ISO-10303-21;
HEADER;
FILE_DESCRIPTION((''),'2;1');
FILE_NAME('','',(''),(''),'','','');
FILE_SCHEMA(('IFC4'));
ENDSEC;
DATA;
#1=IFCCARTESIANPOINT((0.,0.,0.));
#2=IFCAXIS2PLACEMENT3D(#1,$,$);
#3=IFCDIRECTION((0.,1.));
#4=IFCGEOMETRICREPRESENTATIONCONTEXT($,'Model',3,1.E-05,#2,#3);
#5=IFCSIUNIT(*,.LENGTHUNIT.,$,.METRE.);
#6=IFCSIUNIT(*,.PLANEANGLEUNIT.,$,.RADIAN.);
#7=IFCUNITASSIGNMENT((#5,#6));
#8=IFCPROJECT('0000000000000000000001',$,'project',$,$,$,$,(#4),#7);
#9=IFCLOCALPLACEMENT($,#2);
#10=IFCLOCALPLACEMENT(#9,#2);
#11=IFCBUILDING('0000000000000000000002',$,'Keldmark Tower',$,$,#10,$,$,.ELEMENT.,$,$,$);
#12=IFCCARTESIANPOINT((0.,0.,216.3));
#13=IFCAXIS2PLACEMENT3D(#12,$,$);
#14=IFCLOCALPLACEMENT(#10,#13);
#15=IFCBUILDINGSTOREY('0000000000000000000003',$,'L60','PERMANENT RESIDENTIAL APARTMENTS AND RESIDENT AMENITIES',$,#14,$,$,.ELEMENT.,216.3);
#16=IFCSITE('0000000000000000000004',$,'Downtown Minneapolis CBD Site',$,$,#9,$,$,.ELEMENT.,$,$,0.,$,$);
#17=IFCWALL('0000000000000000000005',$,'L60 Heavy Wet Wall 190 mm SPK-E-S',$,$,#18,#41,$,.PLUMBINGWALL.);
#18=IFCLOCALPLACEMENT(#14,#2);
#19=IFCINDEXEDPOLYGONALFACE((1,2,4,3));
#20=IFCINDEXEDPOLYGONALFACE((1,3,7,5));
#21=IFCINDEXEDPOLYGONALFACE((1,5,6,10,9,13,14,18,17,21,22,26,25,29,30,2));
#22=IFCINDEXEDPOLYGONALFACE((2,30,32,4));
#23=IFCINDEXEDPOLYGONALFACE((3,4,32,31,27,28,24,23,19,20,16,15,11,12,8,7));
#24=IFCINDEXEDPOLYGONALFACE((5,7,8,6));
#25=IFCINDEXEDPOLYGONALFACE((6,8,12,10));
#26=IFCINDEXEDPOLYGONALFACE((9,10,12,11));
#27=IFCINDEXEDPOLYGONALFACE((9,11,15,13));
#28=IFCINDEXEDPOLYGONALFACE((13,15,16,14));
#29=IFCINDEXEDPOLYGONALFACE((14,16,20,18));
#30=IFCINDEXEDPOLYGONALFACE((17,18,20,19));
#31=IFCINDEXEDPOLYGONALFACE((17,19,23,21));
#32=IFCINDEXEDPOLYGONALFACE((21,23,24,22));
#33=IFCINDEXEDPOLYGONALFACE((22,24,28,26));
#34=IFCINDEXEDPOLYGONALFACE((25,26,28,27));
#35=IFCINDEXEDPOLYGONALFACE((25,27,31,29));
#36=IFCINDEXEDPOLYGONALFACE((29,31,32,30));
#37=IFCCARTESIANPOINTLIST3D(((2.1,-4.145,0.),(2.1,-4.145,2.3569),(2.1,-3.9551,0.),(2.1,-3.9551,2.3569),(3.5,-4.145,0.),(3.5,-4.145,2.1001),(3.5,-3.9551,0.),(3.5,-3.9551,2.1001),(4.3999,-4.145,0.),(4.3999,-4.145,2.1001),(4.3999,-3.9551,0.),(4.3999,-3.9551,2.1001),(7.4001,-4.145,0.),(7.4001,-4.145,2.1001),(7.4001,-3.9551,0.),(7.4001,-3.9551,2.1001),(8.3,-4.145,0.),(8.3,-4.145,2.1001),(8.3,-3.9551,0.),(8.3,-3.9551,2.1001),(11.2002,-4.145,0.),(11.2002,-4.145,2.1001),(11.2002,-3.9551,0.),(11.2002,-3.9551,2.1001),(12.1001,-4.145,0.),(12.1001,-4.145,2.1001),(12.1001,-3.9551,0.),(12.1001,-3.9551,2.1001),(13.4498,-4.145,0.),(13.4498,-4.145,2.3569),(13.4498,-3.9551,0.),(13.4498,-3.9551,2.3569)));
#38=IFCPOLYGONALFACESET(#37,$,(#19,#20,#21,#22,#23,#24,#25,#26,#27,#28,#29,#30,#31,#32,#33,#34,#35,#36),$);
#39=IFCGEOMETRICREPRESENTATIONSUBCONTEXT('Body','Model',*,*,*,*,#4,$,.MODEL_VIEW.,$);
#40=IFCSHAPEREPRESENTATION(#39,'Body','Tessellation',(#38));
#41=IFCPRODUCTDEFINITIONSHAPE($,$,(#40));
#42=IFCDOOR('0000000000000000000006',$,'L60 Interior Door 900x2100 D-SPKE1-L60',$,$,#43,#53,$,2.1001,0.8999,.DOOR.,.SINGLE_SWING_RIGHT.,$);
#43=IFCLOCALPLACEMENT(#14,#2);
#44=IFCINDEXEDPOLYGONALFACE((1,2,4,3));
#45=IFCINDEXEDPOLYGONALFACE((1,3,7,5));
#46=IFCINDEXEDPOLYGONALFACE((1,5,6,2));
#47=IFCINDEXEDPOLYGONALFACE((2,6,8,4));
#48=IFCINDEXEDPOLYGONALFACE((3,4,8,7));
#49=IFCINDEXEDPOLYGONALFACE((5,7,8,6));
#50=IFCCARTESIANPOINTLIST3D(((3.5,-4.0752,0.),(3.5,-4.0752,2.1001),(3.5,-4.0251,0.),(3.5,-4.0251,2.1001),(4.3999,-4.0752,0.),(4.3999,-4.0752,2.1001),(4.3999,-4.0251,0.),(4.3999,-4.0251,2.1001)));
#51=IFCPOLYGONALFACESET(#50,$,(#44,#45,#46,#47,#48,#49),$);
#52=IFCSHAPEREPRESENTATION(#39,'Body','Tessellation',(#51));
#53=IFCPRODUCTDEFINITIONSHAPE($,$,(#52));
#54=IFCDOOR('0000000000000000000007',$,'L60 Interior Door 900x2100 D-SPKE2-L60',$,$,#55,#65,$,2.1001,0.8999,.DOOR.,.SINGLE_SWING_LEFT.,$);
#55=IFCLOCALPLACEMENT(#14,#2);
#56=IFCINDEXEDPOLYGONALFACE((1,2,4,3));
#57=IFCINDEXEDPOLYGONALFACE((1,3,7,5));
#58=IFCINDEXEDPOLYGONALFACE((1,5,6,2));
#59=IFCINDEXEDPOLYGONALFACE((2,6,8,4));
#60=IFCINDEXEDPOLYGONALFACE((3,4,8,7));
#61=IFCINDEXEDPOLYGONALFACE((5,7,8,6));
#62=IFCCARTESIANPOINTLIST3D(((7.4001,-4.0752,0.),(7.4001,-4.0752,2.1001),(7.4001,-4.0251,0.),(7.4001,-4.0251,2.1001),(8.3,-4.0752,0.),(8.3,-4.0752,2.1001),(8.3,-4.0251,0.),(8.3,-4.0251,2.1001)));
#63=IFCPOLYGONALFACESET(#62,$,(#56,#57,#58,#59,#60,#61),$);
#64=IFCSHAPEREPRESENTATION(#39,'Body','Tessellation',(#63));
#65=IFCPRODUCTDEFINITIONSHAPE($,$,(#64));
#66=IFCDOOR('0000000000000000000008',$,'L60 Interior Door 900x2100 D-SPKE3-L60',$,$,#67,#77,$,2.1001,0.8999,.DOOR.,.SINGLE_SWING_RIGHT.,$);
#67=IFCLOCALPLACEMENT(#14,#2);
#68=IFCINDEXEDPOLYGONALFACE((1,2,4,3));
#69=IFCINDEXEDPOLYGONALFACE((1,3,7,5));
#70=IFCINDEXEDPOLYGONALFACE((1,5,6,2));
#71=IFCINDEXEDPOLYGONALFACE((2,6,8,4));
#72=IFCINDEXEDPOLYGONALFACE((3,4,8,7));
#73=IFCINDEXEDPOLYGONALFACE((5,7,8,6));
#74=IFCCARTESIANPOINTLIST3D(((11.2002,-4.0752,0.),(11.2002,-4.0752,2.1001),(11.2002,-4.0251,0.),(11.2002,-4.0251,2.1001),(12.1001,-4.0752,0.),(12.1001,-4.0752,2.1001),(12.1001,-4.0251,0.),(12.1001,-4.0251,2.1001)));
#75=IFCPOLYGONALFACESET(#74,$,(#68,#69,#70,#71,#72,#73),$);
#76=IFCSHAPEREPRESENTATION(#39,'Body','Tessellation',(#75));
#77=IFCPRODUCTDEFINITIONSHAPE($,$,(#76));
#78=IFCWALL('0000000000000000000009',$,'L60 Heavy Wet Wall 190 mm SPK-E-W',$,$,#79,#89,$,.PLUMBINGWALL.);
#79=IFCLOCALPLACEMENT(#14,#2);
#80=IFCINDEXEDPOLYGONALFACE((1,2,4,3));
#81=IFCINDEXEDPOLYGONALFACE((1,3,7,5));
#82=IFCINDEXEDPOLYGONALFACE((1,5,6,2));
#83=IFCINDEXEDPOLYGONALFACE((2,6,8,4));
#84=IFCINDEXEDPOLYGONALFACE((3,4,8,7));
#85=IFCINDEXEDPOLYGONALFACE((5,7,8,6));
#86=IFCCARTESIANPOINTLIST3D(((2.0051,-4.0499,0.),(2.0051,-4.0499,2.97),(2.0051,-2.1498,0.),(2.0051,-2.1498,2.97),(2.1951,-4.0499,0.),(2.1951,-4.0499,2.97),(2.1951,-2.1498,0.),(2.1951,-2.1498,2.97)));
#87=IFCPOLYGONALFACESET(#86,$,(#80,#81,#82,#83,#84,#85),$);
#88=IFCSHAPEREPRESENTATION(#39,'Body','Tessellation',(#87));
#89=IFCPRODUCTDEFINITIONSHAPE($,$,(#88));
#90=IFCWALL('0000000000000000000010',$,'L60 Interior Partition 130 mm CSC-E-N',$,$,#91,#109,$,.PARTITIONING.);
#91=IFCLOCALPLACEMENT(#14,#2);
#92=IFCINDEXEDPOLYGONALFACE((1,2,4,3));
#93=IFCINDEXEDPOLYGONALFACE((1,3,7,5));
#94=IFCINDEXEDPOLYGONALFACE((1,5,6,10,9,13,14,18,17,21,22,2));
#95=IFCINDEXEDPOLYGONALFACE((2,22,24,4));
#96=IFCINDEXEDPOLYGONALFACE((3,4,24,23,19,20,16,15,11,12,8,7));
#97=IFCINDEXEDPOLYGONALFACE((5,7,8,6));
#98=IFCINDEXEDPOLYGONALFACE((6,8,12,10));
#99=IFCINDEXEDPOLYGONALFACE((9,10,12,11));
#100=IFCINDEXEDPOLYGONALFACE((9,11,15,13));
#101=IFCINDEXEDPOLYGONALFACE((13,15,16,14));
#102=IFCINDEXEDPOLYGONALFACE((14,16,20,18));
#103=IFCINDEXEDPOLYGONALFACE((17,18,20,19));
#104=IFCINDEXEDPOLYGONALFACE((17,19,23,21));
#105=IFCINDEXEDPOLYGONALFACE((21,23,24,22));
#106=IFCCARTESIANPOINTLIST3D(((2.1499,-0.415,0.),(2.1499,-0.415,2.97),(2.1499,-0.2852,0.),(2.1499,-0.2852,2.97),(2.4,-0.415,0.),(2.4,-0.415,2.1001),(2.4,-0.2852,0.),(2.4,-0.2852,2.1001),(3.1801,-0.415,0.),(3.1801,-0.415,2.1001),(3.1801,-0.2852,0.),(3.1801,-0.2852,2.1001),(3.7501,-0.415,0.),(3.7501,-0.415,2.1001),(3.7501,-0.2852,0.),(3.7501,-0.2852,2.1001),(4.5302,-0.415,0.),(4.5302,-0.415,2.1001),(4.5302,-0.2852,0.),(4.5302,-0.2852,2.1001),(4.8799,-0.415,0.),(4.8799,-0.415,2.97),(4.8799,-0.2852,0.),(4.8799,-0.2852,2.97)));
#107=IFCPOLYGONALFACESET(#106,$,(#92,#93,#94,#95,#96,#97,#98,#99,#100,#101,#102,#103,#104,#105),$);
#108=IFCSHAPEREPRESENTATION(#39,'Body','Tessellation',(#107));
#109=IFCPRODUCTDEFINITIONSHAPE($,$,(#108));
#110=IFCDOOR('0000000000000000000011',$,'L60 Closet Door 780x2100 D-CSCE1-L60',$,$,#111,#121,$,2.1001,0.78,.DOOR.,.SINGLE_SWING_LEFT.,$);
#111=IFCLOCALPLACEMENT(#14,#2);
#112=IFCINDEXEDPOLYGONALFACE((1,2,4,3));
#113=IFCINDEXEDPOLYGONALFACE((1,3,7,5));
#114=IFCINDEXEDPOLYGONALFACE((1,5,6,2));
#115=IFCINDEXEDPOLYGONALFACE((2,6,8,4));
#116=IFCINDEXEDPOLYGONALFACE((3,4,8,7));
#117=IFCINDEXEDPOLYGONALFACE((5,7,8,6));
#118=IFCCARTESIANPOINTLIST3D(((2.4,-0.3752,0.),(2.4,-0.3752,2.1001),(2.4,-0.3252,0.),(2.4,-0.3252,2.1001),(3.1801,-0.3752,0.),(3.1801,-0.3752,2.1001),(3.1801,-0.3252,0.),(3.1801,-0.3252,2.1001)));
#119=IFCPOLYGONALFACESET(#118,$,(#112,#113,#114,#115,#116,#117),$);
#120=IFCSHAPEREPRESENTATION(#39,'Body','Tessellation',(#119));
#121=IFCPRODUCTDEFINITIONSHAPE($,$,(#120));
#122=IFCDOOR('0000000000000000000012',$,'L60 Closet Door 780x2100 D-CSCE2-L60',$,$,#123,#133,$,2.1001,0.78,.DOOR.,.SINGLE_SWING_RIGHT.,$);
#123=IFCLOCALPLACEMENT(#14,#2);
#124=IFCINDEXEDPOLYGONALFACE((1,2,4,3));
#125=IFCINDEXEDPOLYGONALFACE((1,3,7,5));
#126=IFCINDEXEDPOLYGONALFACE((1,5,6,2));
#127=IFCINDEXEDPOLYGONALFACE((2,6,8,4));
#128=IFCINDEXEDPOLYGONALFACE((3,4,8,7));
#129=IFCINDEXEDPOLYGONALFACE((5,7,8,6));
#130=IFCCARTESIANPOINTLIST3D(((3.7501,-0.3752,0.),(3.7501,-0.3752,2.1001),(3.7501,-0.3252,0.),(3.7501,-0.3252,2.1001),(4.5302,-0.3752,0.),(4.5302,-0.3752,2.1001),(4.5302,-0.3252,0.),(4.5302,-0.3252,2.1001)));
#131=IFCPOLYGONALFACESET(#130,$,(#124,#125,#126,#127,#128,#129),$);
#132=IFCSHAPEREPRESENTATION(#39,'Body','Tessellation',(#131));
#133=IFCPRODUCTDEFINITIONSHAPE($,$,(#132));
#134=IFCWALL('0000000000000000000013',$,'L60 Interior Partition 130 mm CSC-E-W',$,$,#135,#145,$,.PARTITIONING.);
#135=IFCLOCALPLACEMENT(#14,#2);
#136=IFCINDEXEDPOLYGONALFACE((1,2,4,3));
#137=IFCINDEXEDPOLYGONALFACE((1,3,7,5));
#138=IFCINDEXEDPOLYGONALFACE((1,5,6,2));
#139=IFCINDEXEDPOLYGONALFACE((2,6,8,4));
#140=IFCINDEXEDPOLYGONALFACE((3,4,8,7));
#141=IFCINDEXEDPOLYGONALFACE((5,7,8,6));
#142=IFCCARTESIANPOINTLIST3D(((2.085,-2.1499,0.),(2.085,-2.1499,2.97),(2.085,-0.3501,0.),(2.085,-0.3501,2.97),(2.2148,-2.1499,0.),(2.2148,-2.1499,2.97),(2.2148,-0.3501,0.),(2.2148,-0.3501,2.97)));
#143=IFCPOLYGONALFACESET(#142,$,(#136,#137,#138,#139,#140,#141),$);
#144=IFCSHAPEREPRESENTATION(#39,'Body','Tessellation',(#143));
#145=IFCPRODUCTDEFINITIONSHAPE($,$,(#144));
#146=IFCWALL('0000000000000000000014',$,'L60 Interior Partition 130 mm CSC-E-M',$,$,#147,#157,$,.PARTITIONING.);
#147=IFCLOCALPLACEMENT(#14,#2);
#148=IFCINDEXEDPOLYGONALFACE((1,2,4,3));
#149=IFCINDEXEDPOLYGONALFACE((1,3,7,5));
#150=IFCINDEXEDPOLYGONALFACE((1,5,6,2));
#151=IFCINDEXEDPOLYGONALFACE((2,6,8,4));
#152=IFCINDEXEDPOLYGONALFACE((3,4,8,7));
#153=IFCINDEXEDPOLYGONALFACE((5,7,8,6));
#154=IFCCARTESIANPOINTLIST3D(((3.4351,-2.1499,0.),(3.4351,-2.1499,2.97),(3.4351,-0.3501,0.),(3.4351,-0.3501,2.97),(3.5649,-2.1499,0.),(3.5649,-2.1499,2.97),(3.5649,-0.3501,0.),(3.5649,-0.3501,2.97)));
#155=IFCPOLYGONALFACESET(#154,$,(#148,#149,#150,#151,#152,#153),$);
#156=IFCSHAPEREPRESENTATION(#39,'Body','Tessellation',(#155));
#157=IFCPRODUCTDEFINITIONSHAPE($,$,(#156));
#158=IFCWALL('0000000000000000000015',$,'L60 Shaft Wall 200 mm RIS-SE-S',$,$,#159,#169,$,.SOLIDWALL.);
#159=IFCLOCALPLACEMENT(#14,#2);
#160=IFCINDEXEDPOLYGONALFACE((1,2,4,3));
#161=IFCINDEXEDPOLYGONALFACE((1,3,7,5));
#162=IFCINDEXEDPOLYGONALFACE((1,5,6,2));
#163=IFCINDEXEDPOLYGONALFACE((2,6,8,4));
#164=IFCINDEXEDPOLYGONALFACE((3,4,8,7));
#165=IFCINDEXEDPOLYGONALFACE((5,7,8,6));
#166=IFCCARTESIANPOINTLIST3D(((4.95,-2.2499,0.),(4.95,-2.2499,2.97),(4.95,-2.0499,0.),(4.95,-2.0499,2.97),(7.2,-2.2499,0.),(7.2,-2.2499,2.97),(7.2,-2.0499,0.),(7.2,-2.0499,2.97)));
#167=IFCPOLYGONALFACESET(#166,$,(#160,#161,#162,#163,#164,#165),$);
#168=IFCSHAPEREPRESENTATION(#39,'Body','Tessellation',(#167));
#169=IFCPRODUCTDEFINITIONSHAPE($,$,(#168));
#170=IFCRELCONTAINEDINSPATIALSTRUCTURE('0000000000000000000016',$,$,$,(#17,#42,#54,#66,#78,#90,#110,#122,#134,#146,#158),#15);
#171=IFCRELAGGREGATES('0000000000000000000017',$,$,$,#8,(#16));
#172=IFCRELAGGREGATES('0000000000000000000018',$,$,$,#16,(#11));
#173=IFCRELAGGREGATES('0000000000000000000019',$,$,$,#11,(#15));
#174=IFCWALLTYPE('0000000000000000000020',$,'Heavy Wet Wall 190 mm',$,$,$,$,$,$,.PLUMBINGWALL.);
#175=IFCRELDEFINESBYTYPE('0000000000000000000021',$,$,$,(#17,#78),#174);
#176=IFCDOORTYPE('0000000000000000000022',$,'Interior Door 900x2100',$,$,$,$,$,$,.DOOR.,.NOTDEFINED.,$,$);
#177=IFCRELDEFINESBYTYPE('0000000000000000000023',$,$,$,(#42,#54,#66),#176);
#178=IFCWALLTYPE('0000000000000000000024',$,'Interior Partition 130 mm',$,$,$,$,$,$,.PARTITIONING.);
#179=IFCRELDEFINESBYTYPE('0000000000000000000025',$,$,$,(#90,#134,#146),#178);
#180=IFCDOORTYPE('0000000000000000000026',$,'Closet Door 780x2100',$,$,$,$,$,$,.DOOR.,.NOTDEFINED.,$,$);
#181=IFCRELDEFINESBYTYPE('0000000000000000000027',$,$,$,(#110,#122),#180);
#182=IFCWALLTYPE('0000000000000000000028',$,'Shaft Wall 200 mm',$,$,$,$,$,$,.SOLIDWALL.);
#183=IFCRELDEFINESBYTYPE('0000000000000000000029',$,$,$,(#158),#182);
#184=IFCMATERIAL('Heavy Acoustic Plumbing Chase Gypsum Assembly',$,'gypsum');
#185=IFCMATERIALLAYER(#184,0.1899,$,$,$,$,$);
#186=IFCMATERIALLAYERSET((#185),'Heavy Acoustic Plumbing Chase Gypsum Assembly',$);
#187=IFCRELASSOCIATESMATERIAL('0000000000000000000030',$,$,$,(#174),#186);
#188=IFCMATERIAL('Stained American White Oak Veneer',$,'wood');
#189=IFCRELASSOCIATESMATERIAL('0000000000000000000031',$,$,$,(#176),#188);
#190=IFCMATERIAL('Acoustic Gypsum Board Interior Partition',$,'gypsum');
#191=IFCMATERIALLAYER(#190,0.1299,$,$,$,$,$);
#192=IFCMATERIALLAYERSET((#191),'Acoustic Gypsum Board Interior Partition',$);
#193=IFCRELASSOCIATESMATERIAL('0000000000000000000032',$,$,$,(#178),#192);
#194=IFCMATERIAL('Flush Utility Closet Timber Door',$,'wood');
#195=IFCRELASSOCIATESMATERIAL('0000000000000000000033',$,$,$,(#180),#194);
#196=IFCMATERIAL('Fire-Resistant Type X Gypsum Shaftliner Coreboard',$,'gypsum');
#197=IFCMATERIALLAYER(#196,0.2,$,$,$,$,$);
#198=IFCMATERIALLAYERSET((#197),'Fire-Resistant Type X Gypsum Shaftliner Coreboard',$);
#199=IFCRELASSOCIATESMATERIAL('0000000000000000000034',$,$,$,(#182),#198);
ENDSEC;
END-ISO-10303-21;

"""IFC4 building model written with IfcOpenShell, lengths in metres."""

from ifc_helpers import new_model, si_unit, direction, frame, frame_2d, origin, place, context, subcontext, project, spatial, rectangle, extrude, material, layer, layer_set, type_object, element, fill, save


model = new_model("IFC4")

# Units and contexts
model_context = context("Model", 3, precision=1e-05, world=origin(), true_north=direction((0.0, 1.0)))
body_context = subcontext(model_context, "Body", "Model", "MODEL_VIEW")
ifc_project = project(units=[si_unit("LENGTHUNIT", "METRE"), si_unit("PLANEANGLEUNIT", "RADIAN")], contexts=[model_context])

# Site, building, storey
site_placement = place(None, origin())
site = spatial("IfcSite", under=ifc_project, at=site_placement, Name="Downtown Minneapolis CBD Site", CompositionType="ELEMENT", RefElevation=0.0)
building_placement = place(site_placement, origin())
building = spatial("IfcBuilding", under=site, at=building_placement, Name="Keldmark Tower", CompositionType="ELEMENT")
storey_placement = place(building_placement, frame((0.0, 0.0, 216.3)))
storey = spatial("IfcBuildingStorey", under=building, at=storey_placement, Name="L60", Description="PERMANENT RESIDENTIAL APARTMENTS AND RESIDENT AMENITIES", CompositionType="ELEMENT", Elevation=216.3)

# Wall, openings, doors
ifc_material_1 = material(Name="Heavy Acoustic Plumbing Chase Gypsum Assembly", Category="gypsum")
ifc_layer_1 = layer(ifc_material_1, 0.1899)
ifc_layer_set_1 = layer_set([ifc_layer_1], Name="Heavy Acoustic Plumbing Chase Gypsum Assembly")
wall_type_1 = type_object("IfcWallType", Name="Heavy Wet Wall 190 mm", PredefinedType="PLUMBINGWALL", material=ifc_layer_set_1)
wall_1_placement = place(storey_placement, frame((2.1001, -4.05, 0.0), z_axis=(0.0, 0.0, 1.0), x_axis=(1.0, 0.0, 0.0)))
wall_1 = element("IfcWall", 1, at=wall_1_placement, inside=storey, type_object=wall_type_1, Name="L60 Heavy Wet Wall 190 mm SPK-E-S", PredefinedType="PLUMBINGWALL", context=body_context, shape_type="SweptSolid", body=[
    extrude(rectangle(XDim=11.3499, YDim=0.1899, at=frame_2d((5.6748, 0.0))), origin(), (0.0, 0.0, 1.0), 2.3569),
])
opening_1_placement = place(wall_1_placement, frame((1.3999, 0.0, 0.0)))
opening_1 = element("IfcOpeningElement", 2, at=opening_1_placement, cuts=wall_1, PredefinedType="OPENING", context=body_context, shape_type="SweptSolid", body=[
    extrude(rectangle(XDim=0.8999, YDim=2.1001, at=frame_2d((0.45, 1.05))), frame((0.0, 0.105, 0.0), z_axis=(0.0, -1.0, 0.0), x_axis=(1.0, 0.0, 0.0)), (0.0, 0.0, 1.0), 0.21),
])
opening_2_placement = place(wall_1_placement, frame((5.3, 0.0, 0.0)))
opening_2 = element("IfcOpeningElement", 3, at=opening_2_placement, cuts=wall_1, PredefinedType="OPENING", context=body_context, shape_type="SweptSolid", body=[
    extrude(rectangle(XDim=0.8999, YDim=2.1001, at=frame_2d((0.45, 1.05))), frame((0.0, 0.105, 0.0), z_axis=(0.0, -1.0, 0.0), x_axis=(1.0, 0.0, 0.0)), (0.0, 0.0, 1.0), 0.21),
])
opening_3_placement = place(wall_1_placement, frame((9.1001, 0.0, 0.0)))
opening_3 = element("IfcOpeningElement", 4, at=opening_3_placement, cuts=wall_1, PredefinedType="OPENING", context=body_context, shape_type="SweptSolid", body=[
    extrude(rectangle(XDim=0.8999, YDim=2.1001, at=frame_2d((0.45, 1.05))), frame((0.0, 0.105, 0.0), z_axis=(0.0, -1.0, 0.0), x_axis=(1.0, 0.0, 0.0)), (0.0, 0.0, 1.0), 0.21),
])
ifc_material_2 = material(Name="Stained American White Oak Veneer", Category="wood")
door_type_1 = type_object("IfcDoorType", Name="Interior Door 900x2100", OperationType="NOTDEFINED", PredefinedType="DOOR", material=ifc_material_2)
door_1_placement = place(opening_1_placement, origin())
door_1 = element("IfcDoor", 5, at=door_1_placement, inside=storey, type_object=door_type_1, Name="L60 Interior Door 900x2100 D-SPKE1-L60", OperationType="SINGLE_SWING_RIGHT", OverallHeight=2.1001, OverallWidth=0.8999, PredefinedType="DOOR", context=body_context, shape_type="SweptSolid", body=[
    extrude(rectangle(XDim=0.8999, YDim=2.1001, at=frame_2d((0.45, 1.05))), frame((0.0, 0.0249, 0.0), z_axis=(0.0, -1.0, 0.0), x_axis=(1.0, 0.0, 0.0)), (0.0, 0.0, 1.0), 0.05),
])
fill(opening_1, door_1)
door_2_placement = place(opening_2_placement, origin())
door_2 = element("IfcDoor", 6, at=door_2_placement, inside=storey, type_object=door_type_1, Name="L60 Interior Door 900x2100 D-SPKE2-L60", OperationType="SINGLE_SWING_LEFT", OverallHeight=2.1001, OverallWidth=0.8999, PredefinedType="DOOR", context=body_context, shape_type="SweptSolid", body=[
    extrude(rectangle(XDim=0.8999, YDim=2.1001, at=frame_2d((0.45, 1.05))), frame((0.0, 0.0249, 0.0), z_axis=(0.0, -1.0, 0.0), x_axis=(1.0, 0.0, 0.0)), (0.0, 0.0, 1.0), 0.05),
])
fill(opening_2, door_2)
door_3_placement = place(opening_3_placement, origin())
door_3 = element("IfcDoor", 7, at=door_3_placement, inside=storey, type_object=door_type_1, Name="L60 Interior Door 900x2100 D-SPKE3-L60", OperationType="SINGLE_SWING_RIGHT", OverallHeight=2.1001, OverallWidth=0.8999, PredefinedType="DOOR", context=body_context, shape_type="SweptSolid", body=[
    extrude(rectangle(XDim=0.8999, YDim=2.1001, at=frame_2d((0.45, 1.05))), frame((0.0, 0.0249, 0.0), z_axis=(0.0, -1.0, 0.0), x_axis=(1.0, 0.0, 0.0)), (0.0, 0.0, 1.0), 0.05),
])
fill(opening_3, door_3)

# Wall
wall_2_placement = place(storey_placement, frame((2.1001, -4.05, 0.0), z_axis=(0.0, 0.0, 1.0), x_axis=(0.0, 1.0, 0.0)))
element("IfcWall", 8, at=wall_2_placement, inside=storey, type_object=wall_type_1, Name="L60 Heavy Wet Wall 190 mm SPK-E-W", PredefinedType="PLUMBINGWALL", context=body_context, shape_type="SweptSolid", body=[
    extrude(rectangle(XDim=1.9001, YDim=0.1899, at=frame_2d((0.9502, 0.0))), origin(), (0.0, 0.0, 1.0), 2.97),
])

# Wall, openings, doors
ifc_material_3 = material(Name="Acoustic Gypsum Board Interior Partition", Category="gypsum")
ifc_layer_2 = layer(ifc_material_3, 0.1299)
ifc_layer_set_2 = layer_set([ifc_layer_2], Name="Acoustic Gypsum Board Interior Partition")
wall_type_2 = type_object("IfcWallType", Name="Interior Partition 130 mm", PredefinedType="PARTITIONING", material=ifc_layer_set_2)
wall_3_placement = place(storey_placement, frame((2.1499, -0.3501, 0.0), z_axis=(0.0, 0.0, 1.0), x_axis=(1.0, 0.0, 0.0)))
wall_3 = element("IfcWall", 9, at=wall_3_placement, inside=storey, type_object=wall_type_2, Name="L60 Interior Partition 130 mm CSC-E-N", PredefinedType="PARTITIONING", context=body_context, shape_type="SweptSolid", body=[
    extrude(rectangle(XDim=2.73, YDim=0.1299, at=frame_2d((1.365, 0.0))), origin(), (0.0, 0.0, 1.0), 2.97),
])
opening_4_placement = place(wall_3_placement, frame((0.25, 0.0, 0.0)))
opening_4 = element("IfcOpeningElement", 10, at=opening_4_placement, cuts=wall_3, PredefinedType="OPENING", context=body_context, shape_type="SweptSolid", body=[
    extrude(rectangle(XDim=0.78, YDim=2.1001, at=frame_2d((0.3901, 1.05))), frame((0.0, 0.075, 0.0), z_axis=(0.0, -1.0, 0.0), x_axis=(1.0, 0.0, 0.0)), (0.0, 0.0, 1.0), 0.1499),
])
opening_5_placement = place(wall_3_placement, frame((1.6001, 0.0, 0.0)))
opening_5 = element("IfcOpeningElement", 11, at=opening_5_placement, cuts=wall_3, PredefinedType="OPENING", context=body_context, shape_type="SweptSolid", body=[
    extrude(rectangle(XDim=0.78, YDim=2.1001, at=frame_2d((0.3901, 1.05))), frame((0.0, 0.075, 0.0), z_axis=(0.0, -1.0, 0.0), x_axis=(1.0, 0.0, 0.0)), (0.0, 0.0, 1.0), 0.1499),
])
ifc_material_4 = material(Name="Flush Utility Closet Timber Door", Category="wood")
door_type_2 = type_object("IfcDoorType", Name="Closet Door 780x2100", OperationType="NOTDEFINED", PredefinedType="DOOR", material=ifc_material_4)
door_4_placement = place(opening_4_placement, origin())
door_4 = element("IfcDoor", 12, at=door_4_placement, inside=storey, type_object=door_type_2, Name="L60 Closet Door 780x2100 D-CSCE1-L60", OperationType="SINGLE_SWING_LEFT", OverallHeight=2.1001, OverallWidth=0.78, PredefinedType="DOOR", context=body_context, shape_type="SweptSolid", body=[
    extrude(rectangle(XDim=0.78, YDim=2.1001, at=frame_2d((0.3901, 1.05))), frame((0.0, 0.0249, 0.0), z_axis=(0.0, -1.0, 0.0), x_axis=(1.0, 0.0, 0.0)), (0.0, 0.0, 1.0), 0.05),
])
fill(opening_4, door_4)
door_5_placement = place(opening_5_placement, origin())
door_5 = element("IfcDoor", 13, at=door_5_placement, inside=storey, type_object=door_type_2, Name="L60 Closet Door 780x2100 D-CSCE2-L60", OperationType="SINGLE_SWING_RIGHT", OverallHeight=2.1001, OverallWidth=0.78, PredefinedType="DOOR", context=body_context, shape_type="SweptSolid", body=[
    extrude(rectangle(XDim=0.78, YDim=2.1001, at=frame_2d((0.3901, 1.05))), frame((0.0, 0.0249, 0.0), z_axis=(0.0, -1.0, 0.0), x_axis=(1.0, 0.0, 0.0)), (0.0, 0.0, 1.0), 0.05),
])
fill(opening_5, door_5)

# Walls
for number, where, z_axis, x_axis, name in (
    (14, (2.1499, -2.1499, 0.0), (0.0, 0.0, 1.0), (0.0, 1.0, 0.0), "L60 Interior Partition 130 mm CSC-E-W"),
    (15, (3.5, -2.1499, 0.0), (0.0, 0.0, 1.0), (0.0, 1.0, 0.0), "L60 Interior Partition 130 mm CSC-E-M"),
):
    element("IfcWall", number, at=place(storey_placement, frame(where, z_axis=z_axis, x_axis=x_axis)), inside=storey, type_object=wall_type_2, Name=name, PredefinedType="PARTITIONING", context=body_context, shape_type="SweptSolid", body=[
        extrude(rectangle(XDim=1.7998, YDim=0.1299, at=frame_2d((0.8999, 0.0))), origin(), (0.0, 0.0, 1.0), 2.97),
    ])
ifc_material_5 = material(Name="Fire-Resistant Type X Gypsum Shaftliner Coreboard", Category="gypsum")
ifc_layer_3 = layer(ifc_material_5, 0.2)
ifc_layer_set_3 = layer_set([ifc_layer_3], Name="Fire-Resistant Type X Gypsum Shaftliner Coreboard")
wall_type_3 = type_object("IfcWallType", Name="Shaft Wall 200 mm", PredefinedType="SOLIDWALL", material=ifc_layer_set_3)
wall_4_placement = place(storey_placement, frame((4.95, -2.1499, 0.0), z_axis=(0.0, 0.0, 1.0), x_axis=(1.0, 0.0, 0.0)))
element("IfcWall", 16, at=wall_4_placement, inside=storey, type_object=wall_type_3, Name="L60 Shaft Wall 200 mm RIS-SE-S", PredefinedType="SOLIDWALL", context=body_context, shape_type="SweptSolid", body=[
    extrude(rectangle(XDim=2.25, YDim=0.2, at=frame_2d((1.125, 0.0))), origin(), (0.0, 0.0, 1.0), 2.97),
])

save(model, "model.ifc")
